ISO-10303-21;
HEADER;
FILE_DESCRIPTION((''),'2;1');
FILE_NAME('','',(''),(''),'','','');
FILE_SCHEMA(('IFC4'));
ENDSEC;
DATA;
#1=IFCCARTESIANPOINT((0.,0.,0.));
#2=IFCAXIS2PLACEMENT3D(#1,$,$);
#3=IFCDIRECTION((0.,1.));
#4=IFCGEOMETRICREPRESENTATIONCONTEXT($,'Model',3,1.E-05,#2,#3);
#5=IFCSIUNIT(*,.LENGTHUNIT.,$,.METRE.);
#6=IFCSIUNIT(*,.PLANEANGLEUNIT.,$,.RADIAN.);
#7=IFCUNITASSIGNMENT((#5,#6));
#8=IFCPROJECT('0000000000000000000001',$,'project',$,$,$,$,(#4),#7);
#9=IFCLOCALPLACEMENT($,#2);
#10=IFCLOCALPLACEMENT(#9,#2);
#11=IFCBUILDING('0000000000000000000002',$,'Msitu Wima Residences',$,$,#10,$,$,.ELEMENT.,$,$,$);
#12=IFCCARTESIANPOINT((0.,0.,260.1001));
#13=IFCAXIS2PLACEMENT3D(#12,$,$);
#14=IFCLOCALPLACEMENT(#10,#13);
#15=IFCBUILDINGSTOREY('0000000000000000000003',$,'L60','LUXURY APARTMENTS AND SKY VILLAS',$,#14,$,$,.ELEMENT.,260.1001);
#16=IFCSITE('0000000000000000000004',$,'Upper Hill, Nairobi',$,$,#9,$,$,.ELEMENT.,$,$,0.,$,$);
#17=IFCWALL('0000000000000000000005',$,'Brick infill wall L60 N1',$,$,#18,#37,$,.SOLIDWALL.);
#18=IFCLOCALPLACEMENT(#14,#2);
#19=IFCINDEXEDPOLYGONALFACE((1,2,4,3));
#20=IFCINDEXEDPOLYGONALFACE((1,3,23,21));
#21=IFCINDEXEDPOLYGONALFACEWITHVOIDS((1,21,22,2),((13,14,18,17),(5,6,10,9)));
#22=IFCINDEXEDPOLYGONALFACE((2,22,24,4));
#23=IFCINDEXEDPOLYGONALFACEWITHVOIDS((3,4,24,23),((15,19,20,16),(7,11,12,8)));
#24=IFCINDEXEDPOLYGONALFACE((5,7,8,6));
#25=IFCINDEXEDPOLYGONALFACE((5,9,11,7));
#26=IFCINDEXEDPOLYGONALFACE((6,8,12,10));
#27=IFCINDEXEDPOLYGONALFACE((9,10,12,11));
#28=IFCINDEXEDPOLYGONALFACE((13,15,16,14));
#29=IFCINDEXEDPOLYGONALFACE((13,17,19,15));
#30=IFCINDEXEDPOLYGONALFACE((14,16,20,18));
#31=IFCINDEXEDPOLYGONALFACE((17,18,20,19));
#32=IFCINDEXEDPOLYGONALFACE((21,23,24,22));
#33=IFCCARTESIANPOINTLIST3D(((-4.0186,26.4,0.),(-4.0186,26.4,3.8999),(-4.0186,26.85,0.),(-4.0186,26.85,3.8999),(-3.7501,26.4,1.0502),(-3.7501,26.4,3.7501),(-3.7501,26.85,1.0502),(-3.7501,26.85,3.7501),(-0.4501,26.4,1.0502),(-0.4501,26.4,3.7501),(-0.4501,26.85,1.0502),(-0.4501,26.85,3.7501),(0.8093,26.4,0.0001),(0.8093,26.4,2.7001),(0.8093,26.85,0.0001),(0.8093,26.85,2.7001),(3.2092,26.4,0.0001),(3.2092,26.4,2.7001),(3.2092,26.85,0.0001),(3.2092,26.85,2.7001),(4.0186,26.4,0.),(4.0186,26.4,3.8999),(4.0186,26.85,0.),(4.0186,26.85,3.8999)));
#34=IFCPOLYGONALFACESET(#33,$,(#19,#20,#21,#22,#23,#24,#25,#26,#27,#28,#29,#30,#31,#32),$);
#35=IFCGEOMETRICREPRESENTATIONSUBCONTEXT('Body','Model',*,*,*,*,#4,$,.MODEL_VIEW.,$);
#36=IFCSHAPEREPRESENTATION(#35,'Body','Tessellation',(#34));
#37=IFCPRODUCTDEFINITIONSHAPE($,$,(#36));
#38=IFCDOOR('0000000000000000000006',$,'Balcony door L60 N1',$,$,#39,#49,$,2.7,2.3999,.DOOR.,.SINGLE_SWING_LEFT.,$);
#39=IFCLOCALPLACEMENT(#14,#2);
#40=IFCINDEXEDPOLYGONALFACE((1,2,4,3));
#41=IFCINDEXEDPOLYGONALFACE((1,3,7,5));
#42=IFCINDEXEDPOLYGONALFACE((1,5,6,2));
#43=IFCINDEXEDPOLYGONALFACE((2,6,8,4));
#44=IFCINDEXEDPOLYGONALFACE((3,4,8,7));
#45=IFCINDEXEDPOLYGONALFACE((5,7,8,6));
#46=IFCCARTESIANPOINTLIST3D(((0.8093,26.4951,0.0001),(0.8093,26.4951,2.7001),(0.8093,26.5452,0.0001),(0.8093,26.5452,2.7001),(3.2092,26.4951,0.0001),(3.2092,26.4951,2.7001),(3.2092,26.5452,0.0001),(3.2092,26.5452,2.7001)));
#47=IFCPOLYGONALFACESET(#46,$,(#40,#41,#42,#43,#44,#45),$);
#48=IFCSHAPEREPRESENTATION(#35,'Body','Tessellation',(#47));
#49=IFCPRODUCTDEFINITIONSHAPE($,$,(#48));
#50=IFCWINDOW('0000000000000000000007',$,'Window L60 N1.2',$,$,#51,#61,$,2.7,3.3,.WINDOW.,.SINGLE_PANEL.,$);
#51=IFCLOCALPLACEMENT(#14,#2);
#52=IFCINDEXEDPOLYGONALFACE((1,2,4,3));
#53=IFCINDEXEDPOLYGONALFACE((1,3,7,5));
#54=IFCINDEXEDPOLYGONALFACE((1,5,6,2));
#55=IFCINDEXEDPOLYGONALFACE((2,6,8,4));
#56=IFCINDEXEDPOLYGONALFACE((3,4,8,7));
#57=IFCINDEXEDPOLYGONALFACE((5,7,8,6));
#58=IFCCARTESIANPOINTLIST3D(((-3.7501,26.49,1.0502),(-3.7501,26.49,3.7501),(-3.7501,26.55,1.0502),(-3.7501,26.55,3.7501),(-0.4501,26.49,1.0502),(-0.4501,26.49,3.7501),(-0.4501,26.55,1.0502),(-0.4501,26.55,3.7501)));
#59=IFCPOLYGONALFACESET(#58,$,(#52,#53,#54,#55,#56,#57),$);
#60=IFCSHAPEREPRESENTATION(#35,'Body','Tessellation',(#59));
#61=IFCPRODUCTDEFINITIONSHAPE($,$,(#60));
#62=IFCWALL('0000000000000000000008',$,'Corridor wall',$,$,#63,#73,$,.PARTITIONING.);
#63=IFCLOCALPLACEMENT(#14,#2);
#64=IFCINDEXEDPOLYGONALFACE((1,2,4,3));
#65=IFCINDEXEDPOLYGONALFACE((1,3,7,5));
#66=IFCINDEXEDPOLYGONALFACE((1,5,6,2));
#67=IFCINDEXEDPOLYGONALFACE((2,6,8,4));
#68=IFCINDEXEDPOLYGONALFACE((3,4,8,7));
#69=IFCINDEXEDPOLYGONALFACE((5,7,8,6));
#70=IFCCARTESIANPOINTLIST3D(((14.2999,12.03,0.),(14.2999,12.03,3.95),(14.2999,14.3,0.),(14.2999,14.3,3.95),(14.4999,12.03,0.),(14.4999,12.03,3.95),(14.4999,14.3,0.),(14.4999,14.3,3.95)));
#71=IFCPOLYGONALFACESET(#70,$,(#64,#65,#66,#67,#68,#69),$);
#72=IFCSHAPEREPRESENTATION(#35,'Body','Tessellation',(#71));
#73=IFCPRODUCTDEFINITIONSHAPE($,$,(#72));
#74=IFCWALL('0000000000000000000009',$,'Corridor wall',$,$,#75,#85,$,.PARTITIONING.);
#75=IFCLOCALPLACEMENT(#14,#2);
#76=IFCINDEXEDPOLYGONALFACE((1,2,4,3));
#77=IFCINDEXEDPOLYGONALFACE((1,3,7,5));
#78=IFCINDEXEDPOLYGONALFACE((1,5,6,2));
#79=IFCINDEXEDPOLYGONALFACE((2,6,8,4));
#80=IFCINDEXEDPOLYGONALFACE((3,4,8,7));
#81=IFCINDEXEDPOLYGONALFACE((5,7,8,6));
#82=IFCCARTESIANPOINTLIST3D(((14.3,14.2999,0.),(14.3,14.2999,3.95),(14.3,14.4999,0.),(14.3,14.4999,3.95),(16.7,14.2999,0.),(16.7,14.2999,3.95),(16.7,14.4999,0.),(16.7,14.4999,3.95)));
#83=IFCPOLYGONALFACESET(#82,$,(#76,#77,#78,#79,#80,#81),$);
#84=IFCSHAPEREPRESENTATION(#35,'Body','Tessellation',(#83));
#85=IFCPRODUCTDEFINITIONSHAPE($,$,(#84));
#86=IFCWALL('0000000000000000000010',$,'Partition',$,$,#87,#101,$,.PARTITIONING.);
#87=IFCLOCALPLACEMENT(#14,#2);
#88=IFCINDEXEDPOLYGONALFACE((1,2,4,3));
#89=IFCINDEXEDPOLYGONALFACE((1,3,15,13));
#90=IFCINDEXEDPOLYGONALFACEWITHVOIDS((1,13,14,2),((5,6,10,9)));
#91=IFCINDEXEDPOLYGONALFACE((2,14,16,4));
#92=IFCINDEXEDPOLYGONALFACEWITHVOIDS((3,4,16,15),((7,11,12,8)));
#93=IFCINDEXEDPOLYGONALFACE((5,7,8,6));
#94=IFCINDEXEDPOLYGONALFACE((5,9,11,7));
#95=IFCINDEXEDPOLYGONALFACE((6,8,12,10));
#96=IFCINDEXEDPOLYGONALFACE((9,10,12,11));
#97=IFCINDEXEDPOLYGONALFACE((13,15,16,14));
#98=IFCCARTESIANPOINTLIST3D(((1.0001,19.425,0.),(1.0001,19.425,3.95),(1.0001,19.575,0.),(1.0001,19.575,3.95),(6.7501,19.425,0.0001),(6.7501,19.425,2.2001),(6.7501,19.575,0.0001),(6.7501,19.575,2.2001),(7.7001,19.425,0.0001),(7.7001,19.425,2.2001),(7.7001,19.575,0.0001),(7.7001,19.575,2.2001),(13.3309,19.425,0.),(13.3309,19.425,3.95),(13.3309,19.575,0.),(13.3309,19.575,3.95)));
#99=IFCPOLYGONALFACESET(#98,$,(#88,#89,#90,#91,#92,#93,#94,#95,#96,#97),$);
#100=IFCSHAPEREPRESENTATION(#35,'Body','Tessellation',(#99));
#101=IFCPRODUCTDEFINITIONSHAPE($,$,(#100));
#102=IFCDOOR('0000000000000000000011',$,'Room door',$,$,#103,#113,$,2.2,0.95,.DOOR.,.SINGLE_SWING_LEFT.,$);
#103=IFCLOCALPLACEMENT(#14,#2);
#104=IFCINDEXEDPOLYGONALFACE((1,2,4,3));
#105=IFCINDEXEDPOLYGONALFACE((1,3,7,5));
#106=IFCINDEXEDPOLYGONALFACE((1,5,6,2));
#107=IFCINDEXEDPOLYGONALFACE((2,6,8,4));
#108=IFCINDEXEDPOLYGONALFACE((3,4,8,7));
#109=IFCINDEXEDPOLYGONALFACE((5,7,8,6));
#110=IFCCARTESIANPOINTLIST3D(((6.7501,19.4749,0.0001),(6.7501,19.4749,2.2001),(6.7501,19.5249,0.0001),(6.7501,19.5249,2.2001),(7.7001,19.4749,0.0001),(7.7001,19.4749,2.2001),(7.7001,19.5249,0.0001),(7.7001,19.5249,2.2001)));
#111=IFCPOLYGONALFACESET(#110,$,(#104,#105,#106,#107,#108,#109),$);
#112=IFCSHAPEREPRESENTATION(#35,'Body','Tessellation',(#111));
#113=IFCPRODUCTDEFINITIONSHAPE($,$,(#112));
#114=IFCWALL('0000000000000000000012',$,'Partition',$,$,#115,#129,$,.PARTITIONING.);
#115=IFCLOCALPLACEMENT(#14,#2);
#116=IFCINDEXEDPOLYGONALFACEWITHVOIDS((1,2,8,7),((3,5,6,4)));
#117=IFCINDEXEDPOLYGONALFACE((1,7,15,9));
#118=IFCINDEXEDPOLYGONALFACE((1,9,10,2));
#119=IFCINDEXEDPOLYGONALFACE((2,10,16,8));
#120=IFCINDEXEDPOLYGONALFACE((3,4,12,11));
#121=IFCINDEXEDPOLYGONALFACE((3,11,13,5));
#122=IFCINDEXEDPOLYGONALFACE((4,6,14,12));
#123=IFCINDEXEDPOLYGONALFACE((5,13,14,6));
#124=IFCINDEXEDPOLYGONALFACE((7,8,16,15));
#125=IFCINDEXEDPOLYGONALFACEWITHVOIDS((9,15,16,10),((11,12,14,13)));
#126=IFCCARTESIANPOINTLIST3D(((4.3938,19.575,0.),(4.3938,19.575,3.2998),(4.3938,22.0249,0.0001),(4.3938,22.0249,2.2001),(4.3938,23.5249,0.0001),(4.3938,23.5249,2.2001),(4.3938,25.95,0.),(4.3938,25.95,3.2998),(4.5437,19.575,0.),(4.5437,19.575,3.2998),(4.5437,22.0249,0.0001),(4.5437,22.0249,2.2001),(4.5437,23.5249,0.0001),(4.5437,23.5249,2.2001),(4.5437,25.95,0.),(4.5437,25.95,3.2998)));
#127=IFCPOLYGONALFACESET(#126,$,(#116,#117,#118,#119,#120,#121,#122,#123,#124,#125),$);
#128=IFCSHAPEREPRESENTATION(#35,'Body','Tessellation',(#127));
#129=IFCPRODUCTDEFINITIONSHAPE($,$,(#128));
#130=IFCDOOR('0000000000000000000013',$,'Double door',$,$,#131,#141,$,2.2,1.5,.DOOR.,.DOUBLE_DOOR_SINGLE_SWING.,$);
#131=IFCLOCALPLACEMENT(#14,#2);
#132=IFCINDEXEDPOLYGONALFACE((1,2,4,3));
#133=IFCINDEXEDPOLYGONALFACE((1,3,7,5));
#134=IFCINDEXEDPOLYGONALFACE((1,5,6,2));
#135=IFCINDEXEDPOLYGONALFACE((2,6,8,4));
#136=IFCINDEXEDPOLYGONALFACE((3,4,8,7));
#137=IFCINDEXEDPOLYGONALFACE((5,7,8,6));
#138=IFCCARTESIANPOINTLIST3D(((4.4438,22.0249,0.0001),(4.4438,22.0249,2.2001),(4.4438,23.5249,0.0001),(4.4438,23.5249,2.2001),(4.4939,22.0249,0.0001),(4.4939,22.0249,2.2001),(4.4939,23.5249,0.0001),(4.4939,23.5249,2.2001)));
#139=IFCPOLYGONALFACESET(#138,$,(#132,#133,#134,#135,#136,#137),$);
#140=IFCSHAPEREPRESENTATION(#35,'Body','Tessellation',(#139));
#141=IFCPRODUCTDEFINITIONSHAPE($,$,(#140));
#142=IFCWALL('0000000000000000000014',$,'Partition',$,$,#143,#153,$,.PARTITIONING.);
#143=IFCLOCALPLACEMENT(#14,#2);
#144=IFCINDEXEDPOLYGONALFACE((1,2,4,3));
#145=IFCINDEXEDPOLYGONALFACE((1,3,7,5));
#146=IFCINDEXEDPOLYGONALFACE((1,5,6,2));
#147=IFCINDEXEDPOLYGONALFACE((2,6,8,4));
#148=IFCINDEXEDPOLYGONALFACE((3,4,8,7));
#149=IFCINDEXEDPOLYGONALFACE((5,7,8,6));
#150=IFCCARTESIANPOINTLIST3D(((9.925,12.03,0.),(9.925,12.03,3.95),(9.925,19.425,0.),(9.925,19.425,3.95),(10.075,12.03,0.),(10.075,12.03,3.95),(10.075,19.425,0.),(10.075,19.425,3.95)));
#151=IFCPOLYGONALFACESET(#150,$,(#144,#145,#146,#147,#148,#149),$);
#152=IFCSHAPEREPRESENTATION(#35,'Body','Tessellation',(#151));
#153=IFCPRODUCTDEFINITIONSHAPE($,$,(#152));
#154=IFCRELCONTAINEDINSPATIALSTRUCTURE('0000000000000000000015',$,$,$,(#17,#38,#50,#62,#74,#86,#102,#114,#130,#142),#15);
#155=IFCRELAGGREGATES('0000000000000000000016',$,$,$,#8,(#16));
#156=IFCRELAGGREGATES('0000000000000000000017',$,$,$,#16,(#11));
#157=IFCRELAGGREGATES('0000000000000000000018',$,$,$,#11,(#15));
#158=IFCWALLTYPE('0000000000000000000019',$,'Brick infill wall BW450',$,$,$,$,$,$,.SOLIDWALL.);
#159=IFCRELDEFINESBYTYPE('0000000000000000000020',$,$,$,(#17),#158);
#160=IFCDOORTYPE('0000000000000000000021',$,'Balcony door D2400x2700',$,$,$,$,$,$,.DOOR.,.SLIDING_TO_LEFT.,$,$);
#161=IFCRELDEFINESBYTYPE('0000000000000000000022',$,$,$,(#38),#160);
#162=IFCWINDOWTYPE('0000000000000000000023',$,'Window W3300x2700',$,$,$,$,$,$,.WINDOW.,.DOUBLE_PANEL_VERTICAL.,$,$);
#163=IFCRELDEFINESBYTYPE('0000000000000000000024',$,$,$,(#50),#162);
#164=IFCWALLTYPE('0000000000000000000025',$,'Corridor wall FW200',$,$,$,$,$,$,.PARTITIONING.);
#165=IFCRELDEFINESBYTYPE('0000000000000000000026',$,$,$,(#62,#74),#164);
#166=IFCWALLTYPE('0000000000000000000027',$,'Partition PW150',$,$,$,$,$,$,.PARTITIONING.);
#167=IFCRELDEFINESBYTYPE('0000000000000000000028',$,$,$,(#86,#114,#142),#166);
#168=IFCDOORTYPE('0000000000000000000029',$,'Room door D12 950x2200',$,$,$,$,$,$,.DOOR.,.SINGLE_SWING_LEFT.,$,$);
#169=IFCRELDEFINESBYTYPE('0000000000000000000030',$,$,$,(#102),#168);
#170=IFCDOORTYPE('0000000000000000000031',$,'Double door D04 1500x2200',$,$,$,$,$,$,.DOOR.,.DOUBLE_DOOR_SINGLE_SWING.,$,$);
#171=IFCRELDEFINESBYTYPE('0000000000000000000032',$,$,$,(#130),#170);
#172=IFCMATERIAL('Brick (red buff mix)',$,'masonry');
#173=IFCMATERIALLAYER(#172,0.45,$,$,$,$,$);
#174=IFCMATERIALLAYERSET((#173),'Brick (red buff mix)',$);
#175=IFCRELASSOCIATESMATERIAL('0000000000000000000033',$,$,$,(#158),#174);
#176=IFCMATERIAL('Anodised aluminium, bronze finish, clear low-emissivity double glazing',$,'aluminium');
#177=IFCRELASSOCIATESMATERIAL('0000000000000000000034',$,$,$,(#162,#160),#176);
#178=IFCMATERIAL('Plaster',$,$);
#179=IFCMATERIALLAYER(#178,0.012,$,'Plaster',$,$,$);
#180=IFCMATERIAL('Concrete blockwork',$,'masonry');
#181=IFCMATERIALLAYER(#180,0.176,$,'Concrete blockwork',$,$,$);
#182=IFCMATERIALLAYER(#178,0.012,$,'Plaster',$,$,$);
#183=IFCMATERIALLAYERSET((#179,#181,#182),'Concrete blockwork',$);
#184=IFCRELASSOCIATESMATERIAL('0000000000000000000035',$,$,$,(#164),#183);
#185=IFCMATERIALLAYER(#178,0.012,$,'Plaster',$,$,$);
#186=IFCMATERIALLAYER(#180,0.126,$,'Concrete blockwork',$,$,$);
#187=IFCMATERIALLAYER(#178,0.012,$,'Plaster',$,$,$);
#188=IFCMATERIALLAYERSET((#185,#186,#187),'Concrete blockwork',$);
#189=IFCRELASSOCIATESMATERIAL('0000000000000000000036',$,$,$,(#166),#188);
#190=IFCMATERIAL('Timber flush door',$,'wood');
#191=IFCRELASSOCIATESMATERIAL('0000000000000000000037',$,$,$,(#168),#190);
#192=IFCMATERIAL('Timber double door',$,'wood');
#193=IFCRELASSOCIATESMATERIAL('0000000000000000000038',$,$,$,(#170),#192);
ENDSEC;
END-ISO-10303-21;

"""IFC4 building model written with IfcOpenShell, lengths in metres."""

from ifc_helpers import new_model, si_unit, direction, frame, frame_2d, origin, place, context, subcontext, project, spatial, rectangle, extrude, material, layer, layer_set, type_object, element, fill, save


model = new_model("IFC4")

# Units and contexts
model_context = context("Model", 3, precision=1e-05, world=origin(), true_north=direction((0.0, 1.0)))
body_context = subcontext(model_context, "Body", "Model", "MODEL_VIEW")
ifc_project = project(units=[si_unit("LENGTHUNIT", "METRE"), si_unit("PLANEANGLEUNIT", "RADIAN")], contexts=[model_context])

# Site, building, storey
site_placement = place(None, origin())
site = spatial("IfcSite", under=ifc_project, at=site_placement, Name="Upper Hill, Nairobi", CompositionType="ELEMENT", RefElevation=0.0)
building_placement = place(site_placement, origin())
building = spatial("IfcBuilding", under=site, at=building_placement, Name="Msitu Wima Residences", CompositionType="ELEMENT")
storey_placement = place(building_placement, frame((0.0, 0.0, 260.1001)))
storey = spatial("IfcBuildingStorey", under=building, at=storey_placement, Name="L60", Description="LUXURY APARTMENTS AND SKY VILLAS", CompositionType="ELEMENT", Elevation=260.1001)

# Shared definitions
ifc_material_1 = material(Name="Brick (red buff mix)", Category="masonry")
ifc_layer_1 = layer(ifc_material_1, 0.45)
ifc_layer_set_1 = layer_set([ifc_layer_1], Name="Brick (red buff mix)")
wall_type_1 = type_object("IfcWallType", Name="Brick infill wall BW450", PredefinedType="SOLIDWALL", material=ifc_layer_set_1)
ifc_material_2 = material(Name="Anodised aluminium, bronze finish, clear low-emissivity double glazing", Category="aluminium")
window_type = type_object("IfcWindowType", Name="Window W3300x2700", PartitioningType="DOUBLE_PANEL_VERTICAL", PredefinedType="WINDOW", material=ifc_material_2)

# Wall, openings, door, window
wall_1_placement = place(storey_placement, frame((4.0186, 26.625, 0.0), z_axis=(0.0, 0.0, 1.0), x_axis=(-1.0, 0.0, 0.0)))
wall_1 = element("IfcWall", 1, at=wall_1_placement, inside=storey, type_object=wall_type_1, Name="Brick infill wall L60 N1", PredefinedType="SOLIDWALL", context=body_context, shape_type="SweptSolid", body=[
    extrude(rectangle(XDim=8.0371, YDim=0.45, at=frame_2d((4.0186, 0.0))), origin(), (0.0, 0.0, 1.0), 3.8999),
])
opening_1_placement = place(wall_1_placement, frame((0.8093, 0.0, 0.0)))
opening_1 = element("IfcOpeningElement", 2, at=opening_1_placement, cuts=wall_1, PredefinedType="OPENING", context=body_context, shape_type="SweptSolid", body=[
    extrude(rectangle(XDim=2.3999, YDim=2.7, at=frame_2d((1.2, 1.3501))), frame((0.0, 0.2349, 0.0), z_axis=(0.0, -1.0, 0.0), x_axis=(1.0, 0.0, 0.0)), (0.0, 0.0, 1.0), 0.47),
])
opening_2_placement = place(wall_1_placement, frame((4.4688, 0.0, 1.05)))
opening_2 = element("IfcOpeningElement", 3, at=opening_2_placement, cuts=wall_1, PredefinedType="OPENING", context=body_context, shape_type="SweptSolid", body=[
    extrude(rectangle(XDim=3.3, YDim=2.7, at=frame_2d((1.6499, 1.3501))), frame((0.0, 0.2349, 0.0), z_axis=(0.0, -1.0, 0.0), x_axis=(1.0, 0.0, 0.0)), (0.0, 0.0, 1.0), 0.47),
])
door_type_1 = type_object("IfcDoorType", Name="Balcony door D2400x2700", OperationType="SLIDING_TO_LEFT", PredefinedType="DOOR", material=ifc_material_2)
door_1_placement = place(opening_1_placement, origin())
door_1 = element("IfcDoor", 4, at=door_1_placement, inside=storey, type_object=door_type_1, Name="Balcony door L60 N1", OperationType="SINGLE_SWING_LEFT", OverallHeight=2.7, OverallWidth=2.3999, PredefinedType="DOOR", context=body_context, shape_type="SweptSolid", body=[
    extrude(rectangle(XDim=2.3999, YDim=2.7, at=frame_2d((1.2, 1.3501))), frame((0.0, 0.1299, 0.0), z_axis=(0.0, -1.0, 0.0), x_axis=(1.0, 0.0, 0.0)), (0.0, 0.0, 1.0), 0.05),
])
fill(opening_1, door_1)
window_1_placement = place(opening_2_placement, origin())
window_1 = element("IfcWindow", 5, at=window_1_placement, inside=storey, type_object=window_type, Name="Window L60 N1.2", OverallHeight=2.7, OverallWidth=3.3, PartitioningType="SINGLE_PANEL", PredefinedType="WINDOW", context=body_context, shape_type="SweptSolid", body=[
    extrude(rectangle(XDim=3.3, YDim=2.7, at=frame_2d((1.6499, 1.3501))), frame((0.0, 0.135, 0.0), z_axis=(0.0, -1.0, 0.0), x_axis=(1.0, 0.0, 0.0)), (0.0, 0.0, 1.0), 0.0601),
])
fill(opening_2, window_1)

# Walls
ifc_material_3 = material(Name="Plaster")
ifc_layer_2 = layer(ifc_material_3, 0.012, Name="Plaster")
ifc_material_4 = material(Name="Concrete blockwork", Category="masonry")
ifc_layer_3 = layer(ifc_material_4, 0.176, Name="Concrete blockwork")
ifc_layer_4 = layer(ifc_material_3, 0.012, Name="Plaster")
ifc_layer_set_2 = layer_set([ifc_layer_2, ifc_layer_3, ifc_layer_4], Name="Concrete blockwork")
wall_type_2 = type_object("IfcWallType", Name="Corridor wall FW200", PredefinedType="PARTITIONING", material=ifc_layer_set_2)
wall_2_placement = place(storey_placement, frame((14.3999, 12.03, 0.0), z_axis=(0.0, 0.0, 1.0), x_axis=(0.0, 1.0, 0.0)))
element("IfcWall", 6, at=wall_2_placement, inside=storey, type_object=wall_type_2, Name="Corridor wall", PredefinedType="PARTITIONING", context=body_context, shape_type="SweptSolid", body=[
    extrude(rectangle(XDim=2.27, YDim=0.2, at=frame_2d((1.135, 0.0))), origin(), (0.0, 0.0, 1.0), 3.95),
])
wall_3_placement = place(storey_placement, frame((14.3, 14.3999, 0.0), z_axis=(0.0, 0.0, 1.0), x_axis=(1.0, 0.0, 0.0)))
element("IfcWall", 7, at=wall_3_placement, inside=storey, type_object=wall_type_2, Name="Corridor wall", PredefinedType="PARTITIONING", context=body_context, shape_type="SweptSolid", body=[
    extrude(rectangle(XDim=2.3999, YDim=0.2, at=frame_2d((1.2, 0.0))), origin(), (0.0, 0.0, 1.0), 3.95),
])

# Walls, openings, doors
ifc_layer_5 = layer(ifc_material_3, 0.012, Name="Plaster")
ifc_layer_6 = layer(ifc_material_4, 0.126, Name="Concrete blockwork")
ifc_layer_7 = layer(ifc_material_3, 0.012, Name="Plaster")
ifc_layer_set_3 = layer_set([ifc_layer_5, ifc_layer_6, ifc_layer_7], Name="Concrete blockwork")
wall_type_3 = type_object("IfcWallType", Name="Partition PW150", PredefinedType="PARTITIONING", material=ifc_layer_set_3)
wall_4_placement = place(storey_placement, frame((1.0, 19.5, 0.0), z_axis=(0.0, 0.0, 1.0), x_axis=(1.0, 0.0, 0.0)))
wall_4 = element("IfcWall", 8, at=wall_4_placement, inside=storey, type_object=wall_type_3, Name="Partition", PredefinedType="PARTITIONING", context=body_context, shape_type="SweptSolid", body=[
    extrude(rectangle(XDim=12.3308, YDim=0.1499, at=frame_2d((6.1655, 0.0))), origin(), (0.0, 0.0, 1.0), 3.95),
])
opening_3_placement = place(wall_4_placement, frame((5.75, 0.0, 0.0)))
opening_3 = element("IfcOpeningElement", 9, at=opening_3_placement, cuts=wall_4, PredefinedType="OPENING", context=body_context, shape_type="SweptSolid", body=[
    extrude(rectangle(XDim=0.95, YDim=2.2, at=frame_2d((0.4751, 1.1001))), frame((0.0, 0.085, 0.0), z_axis=(0.0, -1.0, 0.0), x_axis=(1.0, 0.0, 0.0)), (0.0, 0.0, 1.0), 0.1699),
])
ifc_material_5 = material(Name="Timber flush door", Category="wood")
door_type_2 = type_object("IfcDoorType", Name="Room door D12 950x2200", OperationType="SINGLE_SWING_LEFT", PredefinedType="DOOR", material=ifc_material_5)
door_2_placement = place(opening_3_placement, origin())
door_2 = element("IfcDoor", 10, at=door_2_placement, inside=storey, type_object=door_type_2, Name="Room door", OperationType="SINGLE_SWING_LEFT", OverallHeight=2.2, OverallWidth=0.95, PredefinedType="DOOR", context=body_context, shape_type="SweptSolid", body=[
    extrude(rectangle(XDim=0.95, YDim=2.2, at=frame_2d((0.4751, 1.1001))), frame((0.0, 0.0249, 0.0), z_axis=(0.0, -1.0, 0.0), x_axis=(1.0, 0.0, 0.0)), (0.0, 0.0, 1.0), 0.05),
])
fill(opening_3, door_2)
wall_5_placement = place(storey_placement, frame((4.4688, 19.575, 0.0), z_axis=(0.0, 0.0, 1.0), x_axis=(0.0, 1.0, 0.0)))
wall_5 = element("IfcWall", 11, at=wall_5_placement, inside=storey, type_object=wall_type_3, Name="Partition", PredefinedType="PARTITIONING", context=body_context, shape_type="SweptSolid", body=[
    extrude(rectangle(XDim=6.375, YDim=0.1499, at=frame_2d((3.1875, 0.0))), origin(), (0.0, 0.0, 1.0), 3.2998),
])
opening_4_placement = place(wall_5_placement, frame((2.45, 0.0, 0.0)))
opening_4 = element("IfcOpeningElement", 12, at=opening_4_placement, cuts=wall_5, PredefinedType="OPENING", context=body_context, shape_type="SweptSolid", body=[
    extrude(rectangle(XDim=1.5, YDim=2.2, at=frame_2d((0.75, 1.1001))), frame((0.0, 0.085, 0.0), z_axis=(0.0, -1.0, 0.0), x_axis=(1.0, 0.0, 0.0)), (0.0, 0.0, 1.0), 0.1699),
])
ifc_material_6 = material(Name="Timber double door", Category="wood")
door_type_3 = type_object("IfcDoorType", Name="Double door D04 1500x2200", OperationType="DOUBLE_DOOR_SINGLE_SWING", PredefinedType="DOOR", material=ifc_material_6)
door_3_placement = place(opening_4_placement, origin())
door_3 = element("IfcDoor", 13, at=door_3_placement, inside=storey, type_object=door_type_3, Name="Double door", OperationType="DOUBLE_DOOR_SINGLE_SWING", OverallHeight=2.2, OverallWidth=1.5, PredefinedType="DOOR", context=body_context, shape_type="SweptSolid", body=[
    extrude(rectangle(XDim=1.5, YDim=2.2, at=frame_2d((0.75, 1.1001))), frame((0.0, 0.0249, 0.0), z_axis=(0.0, -1.0, 0.0), x_axis=(1.0, 0.0, 0.0)), (0.0, 0.0, 1.0), 0.05),
])
fill(opening_4, door_3)

# Wall
wall_6_placement = place(storey_placement, frame((10.0, 12.03, 0.0), z_axis=(0.0, 0.0, 1.0), x_axis=(0.0, 1.0, 0.0)))
element("IfcWall", 14, at=wall_6_placement, inside=storey, type_object=wall_type_3, Name="Partition", PredefinedType="PARTITIONING", context=body_context, shape_type="SweptSolid", body=[
    extrude(rectangle(XDim=7.395, YDim=0.1499, at=frame_2d((3.6975, 0.0))), origin(), (0.0, 0.0, 1.0), 3.95),
])

save(model, "model.ifc")
